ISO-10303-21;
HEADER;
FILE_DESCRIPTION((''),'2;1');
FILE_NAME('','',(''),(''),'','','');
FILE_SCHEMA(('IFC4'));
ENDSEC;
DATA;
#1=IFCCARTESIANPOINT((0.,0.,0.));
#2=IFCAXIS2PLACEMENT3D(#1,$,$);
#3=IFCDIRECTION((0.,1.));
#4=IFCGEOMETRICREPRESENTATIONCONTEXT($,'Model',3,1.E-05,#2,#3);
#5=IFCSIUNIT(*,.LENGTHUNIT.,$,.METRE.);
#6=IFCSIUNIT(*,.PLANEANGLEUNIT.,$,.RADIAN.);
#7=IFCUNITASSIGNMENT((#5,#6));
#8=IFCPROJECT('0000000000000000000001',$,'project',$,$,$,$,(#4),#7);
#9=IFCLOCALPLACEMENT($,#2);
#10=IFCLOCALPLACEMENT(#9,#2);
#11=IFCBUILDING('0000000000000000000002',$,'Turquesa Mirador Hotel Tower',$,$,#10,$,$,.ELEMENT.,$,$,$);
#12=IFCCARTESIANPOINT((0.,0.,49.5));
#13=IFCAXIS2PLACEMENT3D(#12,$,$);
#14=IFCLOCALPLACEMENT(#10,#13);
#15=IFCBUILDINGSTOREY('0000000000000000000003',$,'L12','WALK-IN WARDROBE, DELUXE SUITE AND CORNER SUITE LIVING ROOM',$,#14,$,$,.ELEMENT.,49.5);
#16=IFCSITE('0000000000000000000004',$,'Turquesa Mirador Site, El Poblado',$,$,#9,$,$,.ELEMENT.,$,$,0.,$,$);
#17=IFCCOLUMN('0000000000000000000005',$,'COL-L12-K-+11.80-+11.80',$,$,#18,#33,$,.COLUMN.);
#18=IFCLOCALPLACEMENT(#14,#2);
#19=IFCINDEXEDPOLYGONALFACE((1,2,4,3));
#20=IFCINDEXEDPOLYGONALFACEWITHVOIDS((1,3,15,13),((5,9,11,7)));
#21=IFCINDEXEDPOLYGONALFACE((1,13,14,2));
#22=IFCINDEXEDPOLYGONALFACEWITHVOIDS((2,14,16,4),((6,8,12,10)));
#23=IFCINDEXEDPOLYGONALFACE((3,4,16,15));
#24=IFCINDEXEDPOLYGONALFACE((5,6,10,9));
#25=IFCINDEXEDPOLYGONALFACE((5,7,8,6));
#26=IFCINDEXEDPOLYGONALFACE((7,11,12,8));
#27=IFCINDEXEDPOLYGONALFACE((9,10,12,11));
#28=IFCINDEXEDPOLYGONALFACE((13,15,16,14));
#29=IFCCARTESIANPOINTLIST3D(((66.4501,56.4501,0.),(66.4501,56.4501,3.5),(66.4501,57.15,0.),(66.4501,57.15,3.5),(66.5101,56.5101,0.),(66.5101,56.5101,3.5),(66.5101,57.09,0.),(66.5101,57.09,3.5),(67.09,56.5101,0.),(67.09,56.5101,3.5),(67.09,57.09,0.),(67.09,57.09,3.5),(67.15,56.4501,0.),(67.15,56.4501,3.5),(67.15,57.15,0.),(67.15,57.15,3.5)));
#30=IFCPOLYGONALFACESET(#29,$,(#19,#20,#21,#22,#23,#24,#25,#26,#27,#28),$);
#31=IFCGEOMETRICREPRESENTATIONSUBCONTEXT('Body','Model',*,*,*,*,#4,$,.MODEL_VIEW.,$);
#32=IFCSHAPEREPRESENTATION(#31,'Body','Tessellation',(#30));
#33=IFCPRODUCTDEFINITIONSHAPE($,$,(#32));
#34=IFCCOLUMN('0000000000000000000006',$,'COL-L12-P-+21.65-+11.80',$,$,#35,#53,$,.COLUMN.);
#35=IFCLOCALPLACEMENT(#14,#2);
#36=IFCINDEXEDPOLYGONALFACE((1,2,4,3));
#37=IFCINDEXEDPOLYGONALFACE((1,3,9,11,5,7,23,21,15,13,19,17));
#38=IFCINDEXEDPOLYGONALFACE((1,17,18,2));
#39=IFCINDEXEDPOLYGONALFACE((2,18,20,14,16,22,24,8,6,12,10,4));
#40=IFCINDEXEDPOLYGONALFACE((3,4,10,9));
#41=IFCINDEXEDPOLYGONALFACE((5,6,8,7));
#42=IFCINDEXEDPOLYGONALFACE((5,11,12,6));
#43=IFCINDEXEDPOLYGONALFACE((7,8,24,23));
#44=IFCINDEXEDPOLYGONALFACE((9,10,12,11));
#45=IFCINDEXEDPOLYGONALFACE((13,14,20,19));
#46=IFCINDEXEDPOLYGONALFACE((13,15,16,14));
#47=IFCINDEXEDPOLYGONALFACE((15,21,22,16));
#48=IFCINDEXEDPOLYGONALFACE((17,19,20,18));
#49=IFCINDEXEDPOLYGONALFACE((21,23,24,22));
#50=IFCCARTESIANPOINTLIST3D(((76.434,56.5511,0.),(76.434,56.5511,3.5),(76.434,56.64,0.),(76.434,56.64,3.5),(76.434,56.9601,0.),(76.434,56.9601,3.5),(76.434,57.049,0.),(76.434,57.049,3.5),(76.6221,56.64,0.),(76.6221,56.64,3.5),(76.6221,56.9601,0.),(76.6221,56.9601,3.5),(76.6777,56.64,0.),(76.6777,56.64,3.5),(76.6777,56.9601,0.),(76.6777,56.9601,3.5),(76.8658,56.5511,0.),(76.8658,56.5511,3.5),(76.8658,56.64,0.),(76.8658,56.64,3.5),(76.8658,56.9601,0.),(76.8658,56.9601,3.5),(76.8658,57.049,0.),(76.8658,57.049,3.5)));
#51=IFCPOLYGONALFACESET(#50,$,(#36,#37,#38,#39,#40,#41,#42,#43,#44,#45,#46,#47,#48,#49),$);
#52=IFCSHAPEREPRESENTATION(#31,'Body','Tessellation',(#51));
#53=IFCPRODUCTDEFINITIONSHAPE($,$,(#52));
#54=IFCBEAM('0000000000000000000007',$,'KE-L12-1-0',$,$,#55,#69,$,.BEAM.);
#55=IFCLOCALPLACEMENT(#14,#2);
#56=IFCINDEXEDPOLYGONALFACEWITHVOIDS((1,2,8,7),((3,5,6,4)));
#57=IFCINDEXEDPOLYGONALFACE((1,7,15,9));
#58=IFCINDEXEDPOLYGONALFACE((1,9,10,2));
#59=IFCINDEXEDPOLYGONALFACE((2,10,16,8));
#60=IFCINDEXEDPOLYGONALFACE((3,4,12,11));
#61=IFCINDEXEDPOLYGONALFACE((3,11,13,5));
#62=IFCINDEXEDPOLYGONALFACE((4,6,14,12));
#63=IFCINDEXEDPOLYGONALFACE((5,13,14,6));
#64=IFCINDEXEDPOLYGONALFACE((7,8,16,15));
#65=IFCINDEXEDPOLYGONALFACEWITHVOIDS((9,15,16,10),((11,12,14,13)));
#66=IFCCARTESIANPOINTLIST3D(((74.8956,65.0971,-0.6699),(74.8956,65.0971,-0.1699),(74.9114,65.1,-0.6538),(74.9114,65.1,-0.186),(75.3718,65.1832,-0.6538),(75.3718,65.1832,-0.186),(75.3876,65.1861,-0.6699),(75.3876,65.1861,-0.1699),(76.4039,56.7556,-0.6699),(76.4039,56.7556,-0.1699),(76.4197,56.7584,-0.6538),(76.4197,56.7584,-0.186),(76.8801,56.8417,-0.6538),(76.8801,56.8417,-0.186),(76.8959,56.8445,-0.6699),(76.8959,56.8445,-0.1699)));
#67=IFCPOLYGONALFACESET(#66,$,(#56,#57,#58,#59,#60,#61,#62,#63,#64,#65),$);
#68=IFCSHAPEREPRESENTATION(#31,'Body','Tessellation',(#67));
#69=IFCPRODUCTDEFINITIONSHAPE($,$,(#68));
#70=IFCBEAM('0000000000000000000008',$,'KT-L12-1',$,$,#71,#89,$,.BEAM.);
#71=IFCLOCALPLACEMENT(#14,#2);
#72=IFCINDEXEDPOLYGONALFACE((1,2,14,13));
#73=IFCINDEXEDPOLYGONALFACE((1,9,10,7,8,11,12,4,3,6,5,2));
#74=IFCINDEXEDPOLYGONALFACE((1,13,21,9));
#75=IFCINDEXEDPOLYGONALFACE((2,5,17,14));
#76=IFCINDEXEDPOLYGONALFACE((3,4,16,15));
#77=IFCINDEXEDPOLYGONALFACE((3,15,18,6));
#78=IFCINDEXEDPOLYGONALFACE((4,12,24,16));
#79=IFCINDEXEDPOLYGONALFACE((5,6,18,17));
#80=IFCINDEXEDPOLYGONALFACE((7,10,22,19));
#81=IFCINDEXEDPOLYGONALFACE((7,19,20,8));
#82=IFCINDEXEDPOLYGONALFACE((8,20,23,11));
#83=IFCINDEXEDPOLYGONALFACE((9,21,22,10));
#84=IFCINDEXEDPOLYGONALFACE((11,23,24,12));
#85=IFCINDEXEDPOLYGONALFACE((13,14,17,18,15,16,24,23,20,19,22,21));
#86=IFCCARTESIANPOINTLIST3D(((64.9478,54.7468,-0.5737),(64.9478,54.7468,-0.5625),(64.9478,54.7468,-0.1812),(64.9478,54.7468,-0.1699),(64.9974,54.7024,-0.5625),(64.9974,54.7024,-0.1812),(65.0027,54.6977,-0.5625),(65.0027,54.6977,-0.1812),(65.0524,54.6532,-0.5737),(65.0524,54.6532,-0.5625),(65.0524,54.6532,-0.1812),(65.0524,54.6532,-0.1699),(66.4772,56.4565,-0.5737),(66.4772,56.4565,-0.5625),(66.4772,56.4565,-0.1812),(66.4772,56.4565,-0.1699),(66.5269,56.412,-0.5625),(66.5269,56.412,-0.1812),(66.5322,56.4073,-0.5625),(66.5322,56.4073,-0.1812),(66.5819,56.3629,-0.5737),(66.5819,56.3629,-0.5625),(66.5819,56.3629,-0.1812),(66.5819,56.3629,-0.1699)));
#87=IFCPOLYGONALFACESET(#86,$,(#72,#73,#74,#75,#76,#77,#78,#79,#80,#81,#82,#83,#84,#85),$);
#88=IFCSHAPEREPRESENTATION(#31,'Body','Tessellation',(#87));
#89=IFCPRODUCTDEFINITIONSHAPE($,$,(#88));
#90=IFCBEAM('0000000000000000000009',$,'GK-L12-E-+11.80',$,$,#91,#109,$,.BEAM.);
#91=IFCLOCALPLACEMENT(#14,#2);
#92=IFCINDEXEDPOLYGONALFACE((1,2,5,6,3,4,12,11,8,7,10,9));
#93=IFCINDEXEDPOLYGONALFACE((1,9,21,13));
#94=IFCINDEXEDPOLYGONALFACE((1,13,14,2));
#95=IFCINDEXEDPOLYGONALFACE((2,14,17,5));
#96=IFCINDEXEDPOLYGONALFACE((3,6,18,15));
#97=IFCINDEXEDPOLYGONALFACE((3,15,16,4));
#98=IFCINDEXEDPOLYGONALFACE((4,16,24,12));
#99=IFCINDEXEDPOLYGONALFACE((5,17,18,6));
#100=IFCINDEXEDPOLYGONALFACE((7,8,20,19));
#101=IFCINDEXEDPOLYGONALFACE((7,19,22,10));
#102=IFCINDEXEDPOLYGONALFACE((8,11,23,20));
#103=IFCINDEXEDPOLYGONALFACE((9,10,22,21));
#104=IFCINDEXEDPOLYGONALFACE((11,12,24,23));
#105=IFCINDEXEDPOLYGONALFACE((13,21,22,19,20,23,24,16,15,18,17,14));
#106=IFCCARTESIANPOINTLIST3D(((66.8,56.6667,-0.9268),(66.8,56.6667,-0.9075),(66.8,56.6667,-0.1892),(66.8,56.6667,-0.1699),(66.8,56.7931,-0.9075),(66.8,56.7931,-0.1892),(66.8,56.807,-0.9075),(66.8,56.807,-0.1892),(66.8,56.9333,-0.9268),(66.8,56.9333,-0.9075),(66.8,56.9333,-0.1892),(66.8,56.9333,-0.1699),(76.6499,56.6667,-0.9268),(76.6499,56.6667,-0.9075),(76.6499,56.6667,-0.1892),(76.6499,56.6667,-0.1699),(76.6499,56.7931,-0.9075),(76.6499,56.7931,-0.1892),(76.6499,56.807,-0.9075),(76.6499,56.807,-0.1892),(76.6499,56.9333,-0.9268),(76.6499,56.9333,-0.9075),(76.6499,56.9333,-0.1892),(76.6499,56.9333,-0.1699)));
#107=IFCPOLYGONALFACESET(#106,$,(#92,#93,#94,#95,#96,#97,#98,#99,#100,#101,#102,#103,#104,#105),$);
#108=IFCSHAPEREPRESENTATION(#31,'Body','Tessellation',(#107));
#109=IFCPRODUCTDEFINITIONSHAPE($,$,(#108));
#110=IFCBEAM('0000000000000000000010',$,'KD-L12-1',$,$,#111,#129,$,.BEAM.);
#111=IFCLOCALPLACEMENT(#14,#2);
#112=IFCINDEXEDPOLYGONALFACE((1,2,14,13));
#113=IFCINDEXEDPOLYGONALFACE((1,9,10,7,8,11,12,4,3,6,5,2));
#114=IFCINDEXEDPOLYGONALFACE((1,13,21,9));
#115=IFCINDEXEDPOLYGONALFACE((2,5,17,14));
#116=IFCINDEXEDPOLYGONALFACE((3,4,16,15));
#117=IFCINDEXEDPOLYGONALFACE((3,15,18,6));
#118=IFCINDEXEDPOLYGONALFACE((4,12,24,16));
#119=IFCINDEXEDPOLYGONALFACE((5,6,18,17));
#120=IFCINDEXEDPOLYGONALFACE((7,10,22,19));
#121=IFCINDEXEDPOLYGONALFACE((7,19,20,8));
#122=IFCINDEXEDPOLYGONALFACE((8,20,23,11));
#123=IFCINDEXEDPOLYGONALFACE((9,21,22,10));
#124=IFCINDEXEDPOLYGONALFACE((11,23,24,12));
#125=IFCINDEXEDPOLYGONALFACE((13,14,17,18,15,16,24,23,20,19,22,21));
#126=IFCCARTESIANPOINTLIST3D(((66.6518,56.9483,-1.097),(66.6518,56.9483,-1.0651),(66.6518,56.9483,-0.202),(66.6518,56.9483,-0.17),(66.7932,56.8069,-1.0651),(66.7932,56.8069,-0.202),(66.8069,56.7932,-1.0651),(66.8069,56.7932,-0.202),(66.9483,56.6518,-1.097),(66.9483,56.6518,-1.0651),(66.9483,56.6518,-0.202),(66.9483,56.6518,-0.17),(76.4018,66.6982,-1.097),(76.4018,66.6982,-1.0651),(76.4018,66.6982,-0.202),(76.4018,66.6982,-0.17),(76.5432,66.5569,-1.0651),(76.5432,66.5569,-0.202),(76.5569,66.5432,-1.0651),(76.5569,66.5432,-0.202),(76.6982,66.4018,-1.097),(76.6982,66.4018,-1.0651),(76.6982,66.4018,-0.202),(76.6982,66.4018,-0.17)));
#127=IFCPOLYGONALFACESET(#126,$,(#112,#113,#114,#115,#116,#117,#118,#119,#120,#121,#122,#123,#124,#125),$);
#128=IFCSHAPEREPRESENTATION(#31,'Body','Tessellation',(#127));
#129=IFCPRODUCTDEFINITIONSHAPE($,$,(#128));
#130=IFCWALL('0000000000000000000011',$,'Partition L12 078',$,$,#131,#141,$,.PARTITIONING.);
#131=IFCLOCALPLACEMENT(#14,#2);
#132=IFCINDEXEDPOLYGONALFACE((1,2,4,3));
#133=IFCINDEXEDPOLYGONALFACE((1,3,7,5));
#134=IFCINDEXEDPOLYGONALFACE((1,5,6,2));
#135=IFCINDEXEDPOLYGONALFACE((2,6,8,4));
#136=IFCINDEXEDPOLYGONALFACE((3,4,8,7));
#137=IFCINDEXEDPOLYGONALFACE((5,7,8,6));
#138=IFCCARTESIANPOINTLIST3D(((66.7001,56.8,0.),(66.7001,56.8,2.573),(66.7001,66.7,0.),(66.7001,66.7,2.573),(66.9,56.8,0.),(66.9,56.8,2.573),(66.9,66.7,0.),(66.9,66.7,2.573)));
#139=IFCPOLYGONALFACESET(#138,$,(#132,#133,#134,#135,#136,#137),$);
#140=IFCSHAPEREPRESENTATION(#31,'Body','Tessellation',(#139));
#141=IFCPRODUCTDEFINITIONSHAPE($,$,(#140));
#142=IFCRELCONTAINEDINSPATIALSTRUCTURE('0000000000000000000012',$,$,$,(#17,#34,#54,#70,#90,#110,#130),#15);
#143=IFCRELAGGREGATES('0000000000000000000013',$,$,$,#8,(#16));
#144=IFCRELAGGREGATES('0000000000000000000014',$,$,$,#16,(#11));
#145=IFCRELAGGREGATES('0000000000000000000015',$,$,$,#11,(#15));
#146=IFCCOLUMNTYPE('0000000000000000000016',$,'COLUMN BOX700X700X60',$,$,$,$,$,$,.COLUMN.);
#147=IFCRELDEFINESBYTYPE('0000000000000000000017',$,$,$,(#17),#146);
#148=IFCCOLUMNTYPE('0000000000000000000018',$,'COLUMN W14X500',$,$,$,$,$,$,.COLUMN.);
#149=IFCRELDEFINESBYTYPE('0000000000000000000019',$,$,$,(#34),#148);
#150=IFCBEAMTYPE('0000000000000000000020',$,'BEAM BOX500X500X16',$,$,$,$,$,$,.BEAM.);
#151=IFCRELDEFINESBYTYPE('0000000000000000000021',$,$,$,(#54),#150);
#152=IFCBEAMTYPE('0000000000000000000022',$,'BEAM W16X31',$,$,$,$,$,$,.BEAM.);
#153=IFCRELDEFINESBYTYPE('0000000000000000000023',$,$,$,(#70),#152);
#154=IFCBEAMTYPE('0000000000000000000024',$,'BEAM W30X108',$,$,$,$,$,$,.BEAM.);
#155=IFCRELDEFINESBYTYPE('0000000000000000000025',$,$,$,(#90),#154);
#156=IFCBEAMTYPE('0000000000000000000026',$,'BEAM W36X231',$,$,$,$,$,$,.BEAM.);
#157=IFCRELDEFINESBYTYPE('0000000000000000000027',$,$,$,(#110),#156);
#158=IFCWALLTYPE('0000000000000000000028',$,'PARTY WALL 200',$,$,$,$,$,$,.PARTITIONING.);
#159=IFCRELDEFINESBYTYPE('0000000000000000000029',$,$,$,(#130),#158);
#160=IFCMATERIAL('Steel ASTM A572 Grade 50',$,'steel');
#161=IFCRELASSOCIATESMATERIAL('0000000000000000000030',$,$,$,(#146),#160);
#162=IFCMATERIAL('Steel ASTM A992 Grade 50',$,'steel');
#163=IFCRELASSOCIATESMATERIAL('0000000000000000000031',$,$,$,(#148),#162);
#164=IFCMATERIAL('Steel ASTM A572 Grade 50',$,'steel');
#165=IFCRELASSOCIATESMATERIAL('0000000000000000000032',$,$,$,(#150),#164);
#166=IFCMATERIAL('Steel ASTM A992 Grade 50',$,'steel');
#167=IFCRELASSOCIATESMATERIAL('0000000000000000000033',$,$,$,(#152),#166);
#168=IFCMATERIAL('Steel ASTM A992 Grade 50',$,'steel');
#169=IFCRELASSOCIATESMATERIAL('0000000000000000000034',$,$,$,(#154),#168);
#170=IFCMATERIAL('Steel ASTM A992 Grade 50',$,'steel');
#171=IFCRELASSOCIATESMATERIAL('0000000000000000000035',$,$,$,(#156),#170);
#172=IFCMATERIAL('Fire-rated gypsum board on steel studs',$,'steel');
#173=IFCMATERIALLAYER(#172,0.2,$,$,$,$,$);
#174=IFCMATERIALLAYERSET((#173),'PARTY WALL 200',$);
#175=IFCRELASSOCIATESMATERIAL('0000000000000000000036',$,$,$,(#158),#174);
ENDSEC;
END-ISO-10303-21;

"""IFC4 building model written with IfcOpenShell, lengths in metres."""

from ifc_helpers import new_model, si_unit, direction, frame, frame_2d, origin, origin_2d, place, context, subcontext, project, spatial, rectangle, hollow_rectangle, i_section, extrude, material, layer, layer_set, material_profile, profile_set, type_object, element, save


model = new_model("IFC4")

# Units and contexts
model_context = context("Model", 3, precision=1e-05, world=origin(), true_north=direction((0.0, 1.0)))
body_context = subcontext(model_context, "Body", "Model", "MODEL_VIEW")
ifc_project = project(units=[si_unit("LENGTHUNIT", "METRE"), si_unit("PLANEANGLEUNIT", "RADIAN")], contexts=[model_context])

# Site, building, storey
site_placement = place(None, origin())
site = spatial("IfcSite", under=ifc_project, at=site_placement, Name="Turquesa Mirador Site, El Poblado", CompositionType="ELEMENT", RefElevation=0.0)
building_placement = place(site_placement, origin())
building = spatial("IfcBuilding", under=site, at=building_placement, Name="Turquesa Mirador Hotel Tower", CompositionType="ELEMENT")
storey_placement = place(building_placement, frame((0.0, 0.0, 49.5)))
storey = spatial("IfcBuildingStorey", under=building, at=storey_placement, Name="L12", Description="WALK-IN WARDROBE, DELUXE SUITE AND CORNER SUITE LIVING ROOM", CompositionType="ELEMENT", Elevation=49.5)

# Columns
ifc_material_1 = material(Name="Steel ASTM A572 Grade 50", Category="steel")
ifc_material_profile_1 = material_profile(ifc_material_1, hollow_rectangle(XDim=0.7, YDim=0.7, WallThickness=0.0601, at=origin_2d()), Name="BOX700X700X60")
ifc_profile_set_1 = profile_set([ifc_material_profile_1], Name="Steel ASTM A572 Grade 50")
column_type_1 = type_object("IfcColumnType", Name="COLUMN BOX700X700X60", PredefinedType="COLUMN", material=ifc_profile_set_1)
column_1_placement = place(storey_placement, frame((66.8, 56.8, 0.0), z_axis=(0.0, 0.0, 1.0), x_axis=(1.0, 0.0, 0.0)))
element("IfcColumn", 1, at=column_1_placement, inside=storey, type_object=column_type_1, Name="COL-L12-K-+11.80-+11.80", PredefinedType="COLUMN", context=body_context, shape_type="SweptSolid", body=[
    extrude(hollow_rectangle(XDim=0.7, YDim=0.7, WallThickness=0.0601, at=origin_2d()), origin(), (0.0, 0.0, 1.0), 3.5),
])
ifc_material_2 = material(Name="Steel ASTM A992 Grade 50", Category="steel")
ifc_material_profile_2 = material_profile(ifc_material_2, i_section(OverallWidth=0.4319, OverallDepth=0.4978, WebThickness=0.0557, FlangeThickness=0.0889, at=origin_2d()), Name="W14X500")
ifc_profile_set_2 = profile_set([ifc_material_profile_2], Name="Steel ASTM A992 Grade 50")
column_type_2 = type_object("IfcColumnType", Name="COLUMN W14X500", PredefinedType="COLUMN", material=ifc_profile_set_2)
column_2_placement = place(storey_placement, frame((76.6499, 56.8, 0.0), z_axis=(0.0, 0.0, 1.0), x_axis=(1.0, 0.0, 0.0)))
element("IfcColumn", 2, at=column_2_placement, inside=storey, type_object=column_type_2, Name="COL-L12-P-+21.65-+11.80", PredefinedType="COLUMN", context=body_context, shape_type="SweptSolid", body=[
    extrude(i_section(OverallWidth=0.4319, OverallDepth=0.4978, WebThickness=0.0557, FlangeThickness=0.0889, at=origin_2d()), origin(), (0.0, 0.0, 1.0), 3.5),
])

# Beams
ifc_material_3 = material(Name="Steel ASTM A572 Grade 50", Category="steel")
ifc_material_profile_3 = material_profile(ifc_material_3, hollow_rectangle(XDim=0.5, YDim=0.5, WallThickness=0.0161, at=origin_2d()), Name="BOX500X500X16")
ifc_profile_set_3 = profile_set([ifc_material_profile_3], Name="Steel ASTM A572 Grade 50")
beam_type_1 = type_object("IfcBeamType", Name="BEAM BOX500X500X16", PredefinedType="BEAM", material=ifc_profile_set_3)
beam_1_placement = place(storey_placement, frame((76.6499, 56.8, -0.4199), z_axis=(-0.177932, 0.984043, 0.0), x_axis=(-0.984043, -0.177932, 0.0)))
element("IfcBeam", 3, at=beam_1_placement, inside=storey, type_object=beam_type_1, Name="KE-L12-1-0", PredefinedType="BEAM", context=body_context, shape_type="SweptSolid", body=[
    extrude(hollow_rectangle(XDim=0.5, YDim=0.5, WallThickness=0.0161, at=origin_2d()), origin(), (0.0, 0.0, 1.0), 8.4768),
])
ifc_material_4 = material(Name="Steel ASTM A992 Grade 50", Category="steel")
ifc_material_profile_4 = material_profile(ifc_material_4, i_section(OverallWidth=0.1404, OverallDepth=0.4038, WebThickness=0.0071, FlangeThickness=0.0112, at=origin_2d()), Name="W16X31")
ifc_profile_set_4 = profile_set([ifc_material_profile_4], Name="Steel ASTM A992 Grade 50")
beam_type_2 = type_object("IfcBeamType", Name="BEAM W16X31", PredefinedType="BEAM", material=ifc_profile_set_4)
beam_2_placement = place(storey_placement, frame((66.5295, 56.4097, -0.3718), z_axis=(-0.666745, -0.745286, 0.0), x_axis=(0.745286, -0.666745, 0.0)))
element("IfcBeam", 4, at=beam_2_placement, inside=storey, type_object=beam_type_2, Name="KT-L12-1", PredefinedType="BEAM", context=body_context, shape_type="SweptSolid", body=[
    extrude(i_section(OverallWidth=0.1404, OverallDepth=0.4038, WebThickness=0.0071, FlangeThickness=0.0112, at=origin_2d()), origin(), (0.0, 0.0, 1.0), 2.2939),
])
ifc_material_5 = material(Name="Steel ASTM A992 Grade 50", Category="steel")
ifc_material_profile_5 = material_profile(ifc_material_5, i_section(OverallWidth=0.2666, OverallDepth=0.7568, WebThickness=0.0139, FlangeThickness=0.0193, at=origin_2d()), Name="W30X108")
ifc_profile_set_5 = profile_set([ifc_material_profile_5], Name="Steel ASTM A992 Grade 50")
beam_type_3 = type_object("IfcBeamType", Name="BEAM W30X108", PredefinedType="BEAM", material=ifc_profile_set_5)
beam_3_placement = place(storey_placement, frame((76.6499, 56.8, -0.5483), z_axis=(-1.0, 0.0, 0.0), x_axis=(0.0, -1.0, 0.0)))
element("IfcBeam", 5, at=beam_3_placement, inside=storey, type_object=beam_type_3, Name="GK-L12-E-+11.80", PredefinedType="BEAM", context=body_context, shape_type="SweptSolid", body=[
    extrude(i_section(OverallWidth=0.2666, OverallDepth=0.7568, WebThickness=0.0139, FlangeThickness=0.0193, at=origin_2d()), origin(), (0.0, 0.0, 1.0), 9.8499),
])
ifc_material_6 = material(Name="Steel ASTM A992 Grade 50", Category="steel")
ifc_material_profile_6 = material_profile(ifc_material_6, i_section(OverallWidth=0.4192, OverallDepth=0.927, WebThickness=0.0193, FlangeThickness=0.032, at=origin_2d()), Name="W36X231")
ifc_profile_set_6 = profile_set([ifc_material_profile_6], Name="Steel ASTM A992 Grade 50")
beam_type_4 = type_object("IfcBeamType", Name="BEAM W36X231", PredefinedType="BEAM", material=ifc_profile_set_6)
beam_4_placement = place(storey_placement, frame((66.8, 56.8, -0.6335), z_axis=(0.707107, 0.707107, 0.0), x_axis=(-0.707107, 0.707107, 0.0)))
element("IfcBeam", 6, at=beam_4_placement, inside=storey, type_object=beam_type_4, Name="KD-L12-1", PredefinedType="BEAM", context=body_context, shape_type="SweptSolid", body=[
    extrude(i_section(OverallWidth=0.4192, OverallDepth=0.927, WebThickness=0.0193, FlangeThickness=0.032, at=origin_2d()), origin(), (0.0, 0.0, 1.0), 13.7886),
])

# Wall
ifc_material_7 = material(Name="Fire-rated gypsum board on steel studs", Category="steel")
ifc_layer_1 = layer(ifc_material_7, 0.2)
ifc_layer_set_1 = layer_set([ifc_layer_1], Name="PARTY WALL 200")
wall_type_1 = type_object("IfcWallType", Name="PARTY WALL 200", PredefinedType="PARTITIONING", material=ifc_layer_set_1)
wall_1_placement = place(storey_placement, frame((66.8, 56.8, 0.0), z_axis=(0.0, 0.0, 1.0), x_axis=(0.0, 1.0, 0.0)))
element("IfcWall", 7, at=wall_1_placement, inside=storey, type_object=wall_type_1, Name="Partition L12 078", PredefinedType="PARTITIONING", context=body_context, shape_type="SweptSolid", body=[
    extrude(rectangle(XDim=9.8999, YDim=0.2, at=frame_2d((4.95, 0.0))), origin(), (0.0, 0.0, 1.0), 2.573),
])

save(model, "model.ifc")
